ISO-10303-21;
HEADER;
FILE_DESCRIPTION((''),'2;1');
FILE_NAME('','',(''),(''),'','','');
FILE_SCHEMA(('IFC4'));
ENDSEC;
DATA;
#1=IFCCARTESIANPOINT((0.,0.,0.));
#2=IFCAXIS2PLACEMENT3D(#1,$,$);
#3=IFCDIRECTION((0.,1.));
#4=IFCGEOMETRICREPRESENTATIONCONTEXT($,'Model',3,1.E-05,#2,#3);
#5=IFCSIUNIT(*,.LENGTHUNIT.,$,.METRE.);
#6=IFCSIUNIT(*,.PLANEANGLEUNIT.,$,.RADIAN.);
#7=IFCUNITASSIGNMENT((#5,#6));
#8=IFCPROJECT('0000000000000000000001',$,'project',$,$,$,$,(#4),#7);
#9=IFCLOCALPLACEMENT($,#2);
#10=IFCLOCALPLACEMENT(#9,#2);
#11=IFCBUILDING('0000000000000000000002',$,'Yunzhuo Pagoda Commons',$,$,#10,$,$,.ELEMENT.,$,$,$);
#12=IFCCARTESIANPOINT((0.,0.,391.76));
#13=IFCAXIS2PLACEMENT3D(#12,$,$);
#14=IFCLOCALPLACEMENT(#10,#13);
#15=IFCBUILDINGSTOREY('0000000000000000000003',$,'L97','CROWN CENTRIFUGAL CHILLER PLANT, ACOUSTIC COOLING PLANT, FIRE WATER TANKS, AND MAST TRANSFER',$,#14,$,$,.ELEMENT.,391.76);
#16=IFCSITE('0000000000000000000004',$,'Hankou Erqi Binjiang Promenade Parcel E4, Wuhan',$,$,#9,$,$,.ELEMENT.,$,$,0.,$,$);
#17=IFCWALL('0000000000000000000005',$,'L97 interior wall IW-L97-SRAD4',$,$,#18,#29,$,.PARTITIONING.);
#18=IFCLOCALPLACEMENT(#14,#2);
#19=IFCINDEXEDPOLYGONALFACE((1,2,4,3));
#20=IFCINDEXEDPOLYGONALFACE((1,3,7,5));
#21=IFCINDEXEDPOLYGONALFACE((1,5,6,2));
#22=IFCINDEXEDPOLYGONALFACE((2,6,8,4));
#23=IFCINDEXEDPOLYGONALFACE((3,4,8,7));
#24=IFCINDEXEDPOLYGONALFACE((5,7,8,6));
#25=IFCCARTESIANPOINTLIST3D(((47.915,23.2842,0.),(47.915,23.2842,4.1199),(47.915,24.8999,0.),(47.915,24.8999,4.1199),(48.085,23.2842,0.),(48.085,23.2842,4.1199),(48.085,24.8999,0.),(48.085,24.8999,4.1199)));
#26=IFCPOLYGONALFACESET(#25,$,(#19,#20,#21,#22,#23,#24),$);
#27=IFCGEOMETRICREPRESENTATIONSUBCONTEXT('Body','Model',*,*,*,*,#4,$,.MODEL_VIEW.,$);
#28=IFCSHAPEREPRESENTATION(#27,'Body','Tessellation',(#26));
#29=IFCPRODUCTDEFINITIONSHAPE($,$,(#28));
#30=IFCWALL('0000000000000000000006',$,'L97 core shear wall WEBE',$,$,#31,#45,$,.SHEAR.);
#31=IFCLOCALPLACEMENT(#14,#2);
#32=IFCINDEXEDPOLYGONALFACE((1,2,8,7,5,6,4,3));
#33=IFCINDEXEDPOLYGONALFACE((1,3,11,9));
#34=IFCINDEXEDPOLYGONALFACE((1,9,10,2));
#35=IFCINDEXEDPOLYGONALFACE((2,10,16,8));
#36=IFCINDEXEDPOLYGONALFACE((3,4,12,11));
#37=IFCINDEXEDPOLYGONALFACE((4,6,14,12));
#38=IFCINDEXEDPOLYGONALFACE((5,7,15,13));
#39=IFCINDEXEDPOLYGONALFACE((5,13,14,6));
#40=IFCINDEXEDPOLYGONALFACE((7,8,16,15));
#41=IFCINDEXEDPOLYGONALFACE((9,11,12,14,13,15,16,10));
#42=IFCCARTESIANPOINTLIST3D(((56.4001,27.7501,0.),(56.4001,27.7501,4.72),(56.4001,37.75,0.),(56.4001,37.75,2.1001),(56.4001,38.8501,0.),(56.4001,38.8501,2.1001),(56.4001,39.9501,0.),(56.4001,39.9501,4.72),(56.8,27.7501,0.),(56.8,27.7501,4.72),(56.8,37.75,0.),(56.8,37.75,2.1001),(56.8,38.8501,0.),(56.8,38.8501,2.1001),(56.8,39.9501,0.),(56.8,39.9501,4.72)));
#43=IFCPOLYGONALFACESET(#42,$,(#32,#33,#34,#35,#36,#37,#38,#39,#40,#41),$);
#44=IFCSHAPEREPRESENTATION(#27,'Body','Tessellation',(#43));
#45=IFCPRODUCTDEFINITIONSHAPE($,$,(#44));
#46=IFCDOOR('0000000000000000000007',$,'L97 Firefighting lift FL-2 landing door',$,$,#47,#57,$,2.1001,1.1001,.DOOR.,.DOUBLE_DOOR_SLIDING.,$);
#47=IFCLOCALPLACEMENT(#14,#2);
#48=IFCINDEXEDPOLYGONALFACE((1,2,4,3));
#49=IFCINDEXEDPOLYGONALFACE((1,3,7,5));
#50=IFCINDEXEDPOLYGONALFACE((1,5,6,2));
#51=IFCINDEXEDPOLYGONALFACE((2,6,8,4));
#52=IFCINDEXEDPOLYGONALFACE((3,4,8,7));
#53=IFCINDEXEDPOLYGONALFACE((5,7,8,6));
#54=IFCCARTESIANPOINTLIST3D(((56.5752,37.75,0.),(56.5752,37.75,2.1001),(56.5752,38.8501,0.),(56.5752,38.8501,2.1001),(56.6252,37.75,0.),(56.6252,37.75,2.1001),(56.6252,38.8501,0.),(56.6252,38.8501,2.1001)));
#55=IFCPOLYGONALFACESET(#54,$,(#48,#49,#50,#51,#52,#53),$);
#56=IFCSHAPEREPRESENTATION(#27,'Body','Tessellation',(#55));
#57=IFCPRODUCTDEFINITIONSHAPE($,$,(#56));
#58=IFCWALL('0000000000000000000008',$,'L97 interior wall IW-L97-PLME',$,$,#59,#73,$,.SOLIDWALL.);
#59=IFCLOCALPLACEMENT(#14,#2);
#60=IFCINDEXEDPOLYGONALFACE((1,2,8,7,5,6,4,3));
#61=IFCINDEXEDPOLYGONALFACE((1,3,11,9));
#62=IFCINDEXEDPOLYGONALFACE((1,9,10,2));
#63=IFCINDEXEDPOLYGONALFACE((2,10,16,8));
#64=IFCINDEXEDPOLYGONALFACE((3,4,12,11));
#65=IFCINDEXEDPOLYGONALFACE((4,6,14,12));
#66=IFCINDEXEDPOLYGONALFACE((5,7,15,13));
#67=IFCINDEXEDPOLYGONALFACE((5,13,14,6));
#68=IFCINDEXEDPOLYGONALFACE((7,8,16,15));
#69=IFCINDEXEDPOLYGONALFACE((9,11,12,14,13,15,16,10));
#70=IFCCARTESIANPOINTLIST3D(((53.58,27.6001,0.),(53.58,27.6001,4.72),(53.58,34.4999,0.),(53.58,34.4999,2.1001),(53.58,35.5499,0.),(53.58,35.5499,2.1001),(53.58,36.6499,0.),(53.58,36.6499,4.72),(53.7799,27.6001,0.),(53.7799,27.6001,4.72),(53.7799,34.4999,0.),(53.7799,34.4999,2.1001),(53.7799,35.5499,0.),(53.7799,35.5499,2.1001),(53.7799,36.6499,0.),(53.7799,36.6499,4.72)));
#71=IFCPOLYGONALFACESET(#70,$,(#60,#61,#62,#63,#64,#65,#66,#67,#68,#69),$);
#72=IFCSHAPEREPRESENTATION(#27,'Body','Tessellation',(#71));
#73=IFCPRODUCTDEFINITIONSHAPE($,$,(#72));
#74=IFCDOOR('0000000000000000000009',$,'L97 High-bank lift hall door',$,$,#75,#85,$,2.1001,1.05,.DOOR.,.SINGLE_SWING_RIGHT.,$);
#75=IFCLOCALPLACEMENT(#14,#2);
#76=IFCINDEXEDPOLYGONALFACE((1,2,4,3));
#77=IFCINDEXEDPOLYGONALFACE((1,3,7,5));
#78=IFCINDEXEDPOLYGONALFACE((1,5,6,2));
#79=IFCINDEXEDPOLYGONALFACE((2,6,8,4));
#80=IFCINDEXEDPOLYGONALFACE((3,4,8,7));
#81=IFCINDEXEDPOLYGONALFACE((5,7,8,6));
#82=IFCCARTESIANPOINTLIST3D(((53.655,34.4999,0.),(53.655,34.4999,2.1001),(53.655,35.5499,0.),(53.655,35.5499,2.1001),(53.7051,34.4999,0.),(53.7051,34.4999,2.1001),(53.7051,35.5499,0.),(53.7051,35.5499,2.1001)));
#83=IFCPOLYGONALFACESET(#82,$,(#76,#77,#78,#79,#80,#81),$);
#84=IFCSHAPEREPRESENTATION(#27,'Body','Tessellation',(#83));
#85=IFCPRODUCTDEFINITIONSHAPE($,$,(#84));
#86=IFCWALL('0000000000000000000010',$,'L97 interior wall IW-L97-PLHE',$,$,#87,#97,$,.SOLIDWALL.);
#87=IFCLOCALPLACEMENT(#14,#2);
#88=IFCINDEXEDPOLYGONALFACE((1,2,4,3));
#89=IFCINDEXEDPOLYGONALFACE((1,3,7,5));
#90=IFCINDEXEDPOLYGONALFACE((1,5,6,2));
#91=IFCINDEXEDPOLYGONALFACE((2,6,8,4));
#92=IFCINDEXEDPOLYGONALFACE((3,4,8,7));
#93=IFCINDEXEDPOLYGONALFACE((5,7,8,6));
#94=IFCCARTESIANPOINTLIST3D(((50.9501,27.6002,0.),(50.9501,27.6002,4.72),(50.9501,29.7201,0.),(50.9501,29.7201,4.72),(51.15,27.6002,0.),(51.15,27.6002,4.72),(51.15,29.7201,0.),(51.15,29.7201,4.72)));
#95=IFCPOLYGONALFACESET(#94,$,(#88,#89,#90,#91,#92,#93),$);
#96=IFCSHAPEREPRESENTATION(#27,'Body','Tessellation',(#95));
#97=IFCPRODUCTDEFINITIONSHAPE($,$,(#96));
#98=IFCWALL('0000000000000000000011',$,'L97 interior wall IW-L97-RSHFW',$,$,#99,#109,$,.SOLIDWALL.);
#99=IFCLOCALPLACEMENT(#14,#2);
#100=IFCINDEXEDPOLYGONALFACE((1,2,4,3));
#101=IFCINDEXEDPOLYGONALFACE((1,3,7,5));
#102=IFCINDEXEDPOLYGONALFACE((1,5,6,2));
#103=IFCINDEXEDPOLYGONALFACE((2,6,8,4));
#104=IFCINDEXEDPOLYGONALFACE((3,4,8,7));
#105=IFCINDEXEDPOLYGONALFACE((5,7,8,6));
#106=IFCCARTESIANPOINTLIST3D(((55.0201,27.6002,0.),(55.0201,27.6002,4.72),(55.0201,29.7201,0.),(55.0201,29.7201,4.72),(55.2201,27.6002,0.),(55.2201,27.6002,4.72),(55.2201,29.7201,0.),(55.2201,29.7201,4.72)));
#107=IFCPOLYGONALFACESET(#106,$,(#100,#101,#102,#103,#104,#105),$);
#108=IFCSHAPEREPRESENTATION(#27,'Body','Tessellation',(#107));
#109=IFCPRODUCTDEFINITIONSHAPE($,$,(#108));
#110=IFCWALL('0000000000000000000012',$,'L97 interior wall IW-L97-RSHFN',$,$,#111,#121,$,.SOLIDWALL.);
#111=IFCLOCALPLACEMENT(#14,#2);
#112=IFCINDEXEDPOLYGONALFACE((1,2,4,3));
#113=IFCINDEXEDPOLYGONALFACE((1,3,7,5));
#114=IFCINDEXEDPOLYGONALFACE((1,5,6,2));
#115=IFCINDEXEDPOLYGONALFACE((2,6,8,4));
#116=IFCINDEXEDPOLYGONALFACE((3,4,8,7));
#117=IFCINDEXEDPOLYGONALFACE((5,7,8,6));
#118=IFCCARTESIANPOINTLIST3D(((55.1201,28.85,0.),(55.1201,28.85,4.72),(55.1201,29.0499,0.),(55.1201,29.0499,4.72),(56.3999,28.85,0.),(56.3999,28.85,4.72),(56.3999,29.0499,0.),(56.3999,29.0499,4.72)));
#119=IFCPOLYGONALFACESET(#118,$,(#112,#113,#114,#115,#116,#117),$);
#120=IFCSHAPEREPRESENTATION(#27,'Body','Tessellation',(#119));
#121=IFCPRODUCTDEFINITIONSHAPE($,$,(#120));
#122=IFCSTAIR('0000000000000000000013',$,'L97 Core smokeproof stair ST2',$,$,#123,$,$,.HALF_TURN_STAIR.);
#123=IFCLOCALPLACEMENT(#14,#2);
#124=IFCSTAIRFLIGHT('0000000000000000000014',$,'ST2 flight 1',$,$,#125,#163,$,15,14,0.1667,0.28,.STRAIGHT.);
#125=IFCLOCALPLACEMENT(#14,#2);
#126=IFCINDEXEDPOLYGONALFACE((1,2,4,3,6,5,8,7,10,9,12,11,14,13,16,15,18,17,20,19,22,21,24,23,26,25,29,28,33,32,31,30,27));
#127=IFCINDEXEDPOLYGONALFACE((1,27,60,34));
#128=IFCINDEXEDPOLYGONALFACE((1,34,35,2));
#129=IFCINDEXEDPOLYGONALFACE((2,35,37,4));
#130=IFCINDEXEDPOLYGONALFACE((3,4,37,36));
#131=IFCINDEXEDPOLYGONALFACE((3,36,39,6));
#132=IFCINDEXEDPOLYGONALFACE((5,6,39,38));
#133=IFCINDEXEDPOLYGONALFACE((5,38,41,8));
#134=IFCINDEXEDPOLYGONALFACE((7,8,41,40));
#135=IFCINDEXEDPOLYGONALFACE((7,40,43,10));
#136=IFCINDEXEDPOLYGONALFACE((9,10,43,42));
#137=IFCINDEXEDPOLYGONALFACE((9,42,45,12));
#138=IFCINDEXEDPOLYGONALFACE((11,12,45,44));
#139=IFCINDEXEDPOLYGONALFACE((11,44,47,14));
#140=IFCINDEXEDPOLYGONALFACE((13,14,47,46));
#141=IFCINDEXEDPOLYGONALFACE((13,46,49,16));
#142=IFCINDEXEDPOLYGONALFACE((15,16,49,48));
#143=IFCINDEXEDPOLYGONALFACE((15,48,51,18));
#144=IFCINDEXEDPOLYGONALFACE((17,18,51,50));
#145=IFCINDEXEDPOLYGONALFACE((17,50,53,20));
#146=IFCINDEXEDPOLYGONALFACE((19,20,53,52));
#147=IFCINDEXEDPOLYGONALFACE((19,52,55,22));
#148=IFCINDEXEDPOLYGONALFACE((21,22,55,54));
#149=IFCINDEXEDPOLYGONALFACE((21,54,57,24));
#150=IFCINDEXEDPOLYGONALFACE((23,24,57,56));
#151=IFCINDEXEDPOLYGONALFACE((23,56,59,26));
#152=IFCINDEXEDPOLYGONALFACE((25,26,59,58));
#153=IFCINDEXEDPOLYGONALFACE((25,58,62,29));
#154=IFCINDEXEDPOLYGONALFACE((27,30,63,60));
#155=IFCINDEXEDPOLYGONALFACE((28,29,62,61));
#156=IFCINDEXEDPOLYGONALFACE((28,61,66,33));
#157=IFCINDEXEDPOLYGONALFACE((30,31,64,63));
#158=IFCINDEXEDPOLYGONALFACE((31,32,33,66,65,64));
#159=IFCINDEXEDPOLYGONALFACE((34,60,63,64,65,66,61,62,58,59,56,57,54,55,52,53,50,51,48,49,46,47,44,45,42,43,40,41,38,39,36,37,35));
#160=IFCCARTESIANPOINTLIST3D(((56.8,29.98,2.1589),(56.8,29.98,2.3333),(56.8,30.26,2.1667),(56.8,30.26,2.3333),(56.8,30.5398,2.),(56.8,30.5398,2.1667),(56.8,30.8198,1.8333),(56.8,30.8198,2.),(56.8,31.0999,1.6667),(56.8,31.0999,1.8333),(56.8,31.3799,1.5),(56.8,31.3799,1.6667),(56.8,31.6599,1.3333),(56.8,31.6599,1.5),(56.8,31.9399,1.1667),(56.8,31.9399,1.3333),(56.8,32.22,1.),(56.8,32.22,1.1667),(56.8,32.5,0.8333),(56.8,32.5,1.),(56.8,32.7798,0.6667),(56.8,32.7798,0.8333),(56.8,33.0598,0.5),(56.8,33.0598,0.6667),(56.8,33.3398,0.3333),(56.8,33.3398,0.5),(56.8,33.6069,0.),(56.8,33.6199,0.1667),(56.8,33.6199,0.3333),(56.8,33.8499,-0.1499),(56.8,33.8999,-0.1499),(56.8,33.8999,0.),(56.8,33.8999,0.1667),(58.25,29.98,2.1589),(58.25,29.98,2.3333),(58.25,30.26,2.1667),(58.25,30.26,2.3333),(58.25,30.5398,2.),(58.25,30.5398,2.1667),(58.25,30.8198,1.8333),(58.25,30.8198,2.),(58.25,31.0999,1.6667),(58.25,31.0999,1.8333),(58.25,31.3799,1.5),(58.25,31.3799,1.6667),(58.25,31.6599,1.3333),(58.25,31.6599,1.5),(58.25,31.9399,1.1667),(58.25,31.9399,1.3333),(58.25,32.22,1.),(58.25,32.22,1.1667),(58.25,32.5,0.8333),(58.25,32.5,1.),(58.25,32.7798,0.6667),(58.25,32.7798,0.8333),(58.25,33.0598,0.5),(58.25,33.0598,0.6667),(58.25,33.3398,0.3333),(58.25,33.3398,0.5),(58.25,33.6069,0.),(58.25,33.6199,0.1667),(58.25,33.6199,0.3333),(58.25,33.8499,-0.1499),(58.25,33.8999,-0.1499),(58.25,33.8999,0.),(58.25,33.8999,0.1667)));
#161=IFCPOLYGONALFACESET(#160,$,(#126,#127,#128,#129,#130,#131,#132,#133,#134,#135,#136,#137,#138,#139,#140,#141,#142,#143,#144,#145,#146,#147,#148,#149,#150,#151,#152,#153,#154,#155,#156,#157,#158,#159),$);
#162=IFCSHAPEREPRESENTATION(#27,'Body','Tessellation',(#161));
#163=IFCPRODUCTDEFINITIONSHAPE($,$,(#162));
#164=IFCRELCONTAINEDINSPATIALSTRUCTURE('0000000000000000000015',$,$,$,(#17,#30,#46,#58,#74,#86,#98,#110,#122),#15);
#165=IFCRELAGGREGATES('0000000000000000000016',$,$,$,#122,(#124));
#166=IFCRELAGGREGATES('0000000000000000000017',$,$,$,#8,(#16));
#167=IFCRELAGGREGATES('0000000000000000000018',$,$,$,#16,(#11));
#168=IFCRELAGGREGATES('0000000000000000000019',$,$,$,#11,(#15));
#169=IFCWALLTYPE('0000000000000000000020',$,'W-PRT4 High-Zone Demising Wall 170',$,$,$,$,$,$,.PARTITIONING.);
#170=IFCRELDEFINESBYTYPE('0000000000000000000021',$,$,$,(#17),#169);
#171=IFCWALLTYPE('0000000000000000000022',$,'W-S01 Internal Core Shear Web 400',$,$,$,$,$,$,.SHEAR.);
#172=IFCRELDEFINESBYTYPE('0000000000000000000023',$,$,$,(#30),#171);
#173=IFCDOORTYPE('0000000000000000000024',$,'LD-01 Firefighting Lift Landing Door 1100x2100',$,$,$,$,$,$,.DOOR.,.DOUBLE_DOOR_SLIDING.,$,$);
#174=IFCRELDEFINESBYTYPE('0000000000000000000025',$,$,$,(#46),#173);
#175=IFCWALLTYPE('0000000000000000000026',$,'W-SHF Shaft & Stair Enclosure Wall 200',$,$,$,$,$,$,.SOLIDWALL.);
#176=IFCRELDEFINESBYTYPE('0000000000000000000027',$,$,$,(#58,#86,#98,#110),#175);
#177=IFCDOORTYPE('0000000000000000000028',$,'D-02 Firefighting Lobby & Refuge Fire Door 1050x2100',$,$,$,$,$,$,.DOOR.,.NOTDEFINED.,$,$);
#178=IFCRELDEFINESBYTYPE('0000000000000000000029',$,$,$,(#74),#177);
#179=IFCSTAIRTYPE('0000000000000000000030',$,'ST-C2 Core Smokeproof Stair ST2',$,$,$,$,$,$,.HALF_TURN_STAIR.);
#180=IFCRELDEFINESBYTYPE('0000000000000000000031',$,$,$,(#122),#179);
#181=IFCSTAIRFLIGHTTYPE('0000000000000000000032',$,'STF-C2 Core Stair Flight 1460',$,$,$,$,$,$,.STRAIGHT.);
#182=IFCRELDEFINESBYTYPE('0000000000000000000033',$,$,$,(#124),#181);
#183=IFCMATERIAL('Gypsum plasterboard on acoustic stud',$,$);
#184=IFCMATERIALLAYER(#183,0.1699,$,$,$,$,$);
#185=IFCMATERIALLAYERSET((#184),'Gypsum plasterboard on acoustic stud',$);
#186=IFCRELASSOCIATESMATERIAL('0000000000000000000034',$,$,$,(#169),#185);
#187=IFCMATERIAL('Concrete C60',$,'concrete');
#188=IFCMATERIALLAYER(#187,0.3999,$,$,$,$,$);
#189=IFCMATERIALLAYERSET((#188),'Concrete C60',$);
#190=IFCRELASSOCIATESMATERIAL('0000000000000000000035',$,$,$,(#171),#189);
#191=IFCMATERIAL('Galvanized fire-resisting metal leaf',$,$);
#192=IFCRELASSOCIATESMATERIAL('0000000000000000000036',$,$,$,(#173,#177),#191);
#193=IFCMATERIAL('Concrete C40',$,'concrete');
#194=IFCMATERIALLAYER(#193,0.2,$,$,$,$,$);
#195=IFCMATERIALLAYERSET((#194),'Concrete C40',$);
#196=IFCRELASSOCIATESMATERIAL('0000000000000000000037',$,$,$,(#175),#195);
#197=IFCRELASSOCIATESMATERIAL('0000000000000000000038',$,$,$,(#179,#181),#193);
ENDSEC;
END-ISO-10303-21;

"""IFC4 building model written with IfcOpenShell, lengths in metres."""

from ifc_helpers import new_model, si_unit, direction, frame, frame_2d, origin, origin_with_axes, place, context, subcontext, project, spatial, polyline, rectangle, outline, extrude, source, transform, mapped, material, layer, layer_set, type_object, element, fill, aggregate, save


model = new_model("IFC4")

# Units and contexts
model_context = context("Model", 3, precision=1e-05, world=origin(), true_north=direction((0.0, 1.0)))
body_context = subcontext(model_context, "Body", "Model", "MODEL_VIEW")
ifc_project = project(units=[si_unit("LENGTHUNIT", "METRE"), si_unit("PLANEANGLEUNIT", "RADIAN")], contexts=[model_context])

# Site, building, storey
site_placement = place(None, origin())
site = spatial("IfcSite", under=ifc_project, at=site_placement, Name="Hankou Erqi Binjiang Promenade Parcel E4, Wuhan", CompositionType="ELEMENT", RefElevation=0.0)
building_placement = place(site_placement, origin())
building = spatial("IfcBuilding", under=site, at=building_placement, Name="Yunzhuo Pagoda Commons", CompositionType="ELEMENT")
storey_placement = place(building_placement, frame((0.0, 0.0, 391.76)))
storey = spatial("IfcBuildingStorey", under=building, at=storey_placement, Name="L97", Description="CROWN CENTRIFUGAL CHILLER PLANT, ACOUSTIC COOLING PLANT, FIRE WATER TANKS, AND MAST TRANSFER", CompositionType="ELEMENT", Elevation=391.76)

# Shared definitions
ifc_material_1 = material(Name="Gypsum plasterboard on acoustic stud")
ifc_material_2 = material(Name="Galvanized fire-resisting metal leaf")

# Wall
ifc_layer_1 = layer(ifc_material_1, 0.1699)
ifc_layer_set_1 = layer_set([ifc_layer_1], Name="Gypsum plasterboard on acoustic stud")
wall_type_1 = type_object("IfcWallType", Name="W-PRT4 High-Zone Demising Wall 170", PredefinedType="PARTITIONING", material=ifc_layer_set_1)
wall_1_placement = place(storey_placement, frame((48.0, 24.8999, 0.0), z_axis=(0.0, 0.0, 1.0), x_axis=(0.0, -1.0, 0.0)))
element("IfcWall", 1, at=wall_1_placement, inside=storey, type_object=wall_type_1, Name="L97 interior wall IW-L97-SRAD4", PredefinedType="PARTITIONING", context=body_context, shape_type="SweptSolid", body=[
    extrude(rectangle(XDim=1.6157, YDim=0.1699, at=frame_2d((0.8079, 0.0))), origin(), (0.0, 0.0, 1.0), 4.1199),
])

# Walls, openings, doors
ifc_material_3 = material(Name="Concrete C60", Category="concrete")
ifc_layer_2 = layer(ifc_material_3, 0.3999)
ifc_layer_set_2 = layer_set([ifc_layer_2], Name="Concrete C60")
wall_type_2 = type_object("IfcWallType", Name="W-S01 Internal Core Shear Web 400", PredefinedType="SHEAR", material=ifc_layer_set_2)
wall_2_placement = place(storey_placement, frame((56.6001, 27.75, 0.0), z_axis=(0.0, 0.0, 1.0), x_axis=(0.0, 1.0, 0.0)))
wall_2 = element("IfcWall", 2, at=wall_2_placement, inside=storey, type_object=wall_type_2, Name="L97 core shear wall WEBE", PredefinedType="SHEAR", context=body_context, shape_type="SweptSolid", body=[
    extrude(rectangle(XDim=12.2, YDim=0.3999, at=frame_2d((6.1001, 0.0))), origin(), (0.0, 0.0, 1.0), 4.72),
])
opening_1_placement = place(wall_2_placement, frame((10.0, 0.0, 0.0)))
opening_1 = element("IfcOpeningElement", 3, at=opening_1_placement, cuts=wall_2, PredefinedType="OPENING", context=body_context, shape_type="SweptSolid", body=[
    extrude(rectangle(XDim=1.1001, YDim=2.1001, at=frame_2d((0.55, 1.05))), frame((0.0, 0.21, 0.0), z_axis=(0.0, -1.0, 0.0), x_axis=(1.0, 0.0, 0.0)), (0.0, 0.0, 1.0), 0.4199),
])
door_type_1 = type_object("IfcDoorType", Name="LD-01 Firefighting Lift Landing Door 1100x2100", OperationType="DOUBLE_DOOR_SLIDING", PredefinedType="DOOR", material=ifc_material_2)
shared_shape_1 = source(origin(), body_context, "Body", "SweptSolid", [
    extrude(rectangle(XDim=1.1001, YDim=2.1001, at=frame_2d((0.55, 1.05))), frame((0.0, 0.0249, 0.0), z_axis=(0.0, -1.0, 0.0), x_axis=(1.0, 0.0, 0.0)), (0.0, 0.0, 1.0), 0.05),
])
door_1_placement = place(opening_1_placement, origin_with_axes())
door_1 = element("IfcDoor", 4, at=door_1_placement, inside=storey, type_object=door_type_1, Name="L97 Firefighting lift FL-2 landing door", OperationType="DOUBLE_DOOR_SLIDING", OverallHeight=2.1001, OverallWidth=1.1001, PredefinedType="DOOR", context=body_context, shape_type="MappedRepresentation", body=[
    mapped(shared_shape_1, transform((0.0, 0.0, 0.0), scale=1.0)),
])
fill(opening_1, door_1)
ifc_material_4 = material(Name="Concrete C40", Category="concrete")
ifc_layer_3 = layer(ifc_material_4, 0.2)
ifc_layer_set_3 = layer_set([ifc_layer_3], Name="Concrete C40")
wall_type_3 = type_object("IfcWallType", Name="W-SHF Shaft & Stair Enclosure Wall 200", PredefinedType="SOLIDWALL", material=ifc_layer_set_3)
wall_3_placement = place(storey_placement, frame((53.6799, 27.6001, 0.0), z_axis=(0.0, 0.0, 1.0), x_axis=(0.0, 1.0, 0.0)))
wall_3 = element("IfcWall", 5, at=wall_3_placement, inside=storey, type_object=wall_type_3, Name="L97 interior wall IW-L97-PLME", PredefinedType="SOLIDWALL", context=body_context, shape_type="SweptSolid", body=[
    extrude(rectangle(XDim=9.0498, YDim=0.2, at=frame_2d((4.5249, 0.0))), origin(), (0.0, 0.0, 1.0), 4.72),
])
opening_2_placement = place(wall_3_placement, frame((6.8999, 0.0, 0.0)))
opening_2 = element("IfcOpeningElement", 6, at=opening_2_placement, cuts=wall_3, PredefinedType="OPENING", context=body_context, shape_type="SweptSolid", body=[
    extrude(rectangle(XDim=1.05, YDim=2.1001, at=frame_2d((0.5249, 1.05))), frame((0.0, 0.1099, 0.0), z_axis=(0.0, -1.0, 0.0), x_axis=(1.0, 0.0, 0.0)), (0.0, 0.0, 1.0), 0.22),
])
door_type_2 = type_object("IfcDoorType", Name="D-02 Firefighting Lobby & Refuge Fire Door 1050x2100", OperationType="NOTDEFINED", PredefinedType="DOOR", material=ifc_material_2)
shared_shape_2 = source(origin(), body_context, "Body", "SweptSolid", [
    extrude(rectangle(XDim=1.05, YDim=2.1001, at=frame_2d((0.5249, 1.05))), frame((0.0, 0.0249, 0.0), z_axis=(0.0, -1.0, 0.0), x_axis=(1.0, 0.0, 0.0)), (0.0, 0.0, 1.0), 0.05),
])
door_2_placement = place(opening_2_placement, origin_with_axes())
door_2 = element("IfcDoor", 7, at=door_2_placement, inside=storey, type_object=door_type_2, Name="L97 High-bank lift hall door", OperationType="SINGLE_SWING_RIGHT", OverallHeight=2.1001, OverallWidth=1.05, PredefinedType="DOOR", context=body_context, shape_type="MappedRepresentation", body=[
    mapped(shared_shape_2, transform((0.0, 0.0, 0.0), scale=1.0)),
])
fill(opening_2, door_2)

# Walls
for number, where, z_axis, x_axis, name in (
    (8, (51.05, 27.6001, 0.0), (0.0, 0.0, 1.0), (0.0, 1.0, 0.0), "L97 interior wall IW-L97-PLHE"),
    (9, (55.1201, 27.6001, 0.0), (0.0, 0.0, 1.0), (0.0, 1.0, 0.0), "L97 interior wall IW-L97-RSHFW"),
):
    element("IfcWall", number, at=place(storey_placement, frame(where, z_axis=z_axis, x_axis=x_axis)), inside=storey, type_object=wall_type_3, Name=name, PredefinedType="SOLIDWALL", context=body_context, shape_type="SweptSolid", body=[
        extrude(rectangle(XDim=2.1199, YDim=0.2, at=frame_2d((1.0601, 0.0))), origin(), (0.0, 0.0, 1.0), 4.72),
    ])
wall_4_placement = place(storey_placement, frame((55.1201, 28.95, 0.0), z_axis=(0.0, 0.0, 1.0), x_axis=(1.0, 0.0, 0.0)))
element("IfcWall", 10, at=wall_4_placement, inside=storey, type_object=wall_type_3, Name="L97 interior wall IW-L97-RSHFN", PredefinedType="SOLIDWALL", context=body_context, shape_type="SweptSolid", body=[
    extrude(rectangle(XDim=1.2798, YDim=0.2, at=frame_2d((0.6399, 0.0))), origin(), (0.0, 0.0, 1.0), 4.72),
])

# Stair, stair flight
stair_type = type_object("IfcStairType", Name="ST-C2 Core Smokeproof Stair ST2", PredefinedType="HALF_TURN_STAIR", material=ifc_material_4)
stair_placement = place(storey_placement, origin())
stair = element("IfcStair", 11, at=stair_placement, inside=storey, type_object=stair_type, Name="L97 Core smokeproof stair ST2", PredefinedType="HALF_TURN_STAIR")
stair_flight_type = type_object("IfcStairFlightType", Name="STF-C2 Core Stair Flight 1460", PredefinedType="STRAIGHT", material=ifc_material_4)
shared_shape_3 = source(origin(), body_context, "Body", "SweptSolid", [
    extrude(outline(polyline([(0.0, -0.1499), (0.0, 0.0), (0.0, 0.1667), (0.28, 0.1667), (0.28, 0.3333), (0.5601, 0.3333), (0.5601, 0.5), (0.8401, 0.5), (0.8401, 0.6667), (1.1201, 0.6667), (1.1201, 0.8333), (1.3999, 0.8333), (1.3999, 1.0), (1.6799, 1.0), (1.6799, 1.1667), (1.96, 1.1667), (1.96, 1.3333), (2.24, 1.3333), (2.24, 1.5), (2.52, 1.5), (2.52, 1.6667), (2.8, 1.6667), (2.8, 1.8333), (3.0801, 1.8333), (3.0801, 2.0), (3.3601, 2.0), (3.3601, 2.1667), (3.6399, 2.1667), (3.6399, 2.3333), (3.9199, 2.3333), (3.9199, 2.5), (3.9199, 2.1589), (0.293, 0.0), (0.05, -0.1499), (0.0, -0.1499)])), frame((0.0, 0.7251, 0.0), z_axis=(0.0, -1.0, 0.0), x_axis=(1.0, 0.0, 0.0)), (0.0, 0.0, 1.0), 1.45),
])
stair_flight_placement = place(storey_placement, frame((57.5249, 33.8999, 0.0), z_axis=(0.0, 0.0, 1.0), x_axis=(0.0, -1.0, 0.0)))
stair_flight = element("IfcStairFlight", 12, at=stair_flight_placement, type_object=stair_flight_type, Name="ST2 flight 1", NumberOfRisers=15, NumberOfTreads=14, PredefinedType="STRAIGHT", RiserHeight=0.1667, TreadLength=0.28, context=body_context, shape_type="MappedRepresentation", body=[
    mapped(shared_shape_3, transform((0.0, 0.0, 0.0), scale=1.0)),
])
aggregate(stair, [stair_flight])

save(model, "model.ifc")
